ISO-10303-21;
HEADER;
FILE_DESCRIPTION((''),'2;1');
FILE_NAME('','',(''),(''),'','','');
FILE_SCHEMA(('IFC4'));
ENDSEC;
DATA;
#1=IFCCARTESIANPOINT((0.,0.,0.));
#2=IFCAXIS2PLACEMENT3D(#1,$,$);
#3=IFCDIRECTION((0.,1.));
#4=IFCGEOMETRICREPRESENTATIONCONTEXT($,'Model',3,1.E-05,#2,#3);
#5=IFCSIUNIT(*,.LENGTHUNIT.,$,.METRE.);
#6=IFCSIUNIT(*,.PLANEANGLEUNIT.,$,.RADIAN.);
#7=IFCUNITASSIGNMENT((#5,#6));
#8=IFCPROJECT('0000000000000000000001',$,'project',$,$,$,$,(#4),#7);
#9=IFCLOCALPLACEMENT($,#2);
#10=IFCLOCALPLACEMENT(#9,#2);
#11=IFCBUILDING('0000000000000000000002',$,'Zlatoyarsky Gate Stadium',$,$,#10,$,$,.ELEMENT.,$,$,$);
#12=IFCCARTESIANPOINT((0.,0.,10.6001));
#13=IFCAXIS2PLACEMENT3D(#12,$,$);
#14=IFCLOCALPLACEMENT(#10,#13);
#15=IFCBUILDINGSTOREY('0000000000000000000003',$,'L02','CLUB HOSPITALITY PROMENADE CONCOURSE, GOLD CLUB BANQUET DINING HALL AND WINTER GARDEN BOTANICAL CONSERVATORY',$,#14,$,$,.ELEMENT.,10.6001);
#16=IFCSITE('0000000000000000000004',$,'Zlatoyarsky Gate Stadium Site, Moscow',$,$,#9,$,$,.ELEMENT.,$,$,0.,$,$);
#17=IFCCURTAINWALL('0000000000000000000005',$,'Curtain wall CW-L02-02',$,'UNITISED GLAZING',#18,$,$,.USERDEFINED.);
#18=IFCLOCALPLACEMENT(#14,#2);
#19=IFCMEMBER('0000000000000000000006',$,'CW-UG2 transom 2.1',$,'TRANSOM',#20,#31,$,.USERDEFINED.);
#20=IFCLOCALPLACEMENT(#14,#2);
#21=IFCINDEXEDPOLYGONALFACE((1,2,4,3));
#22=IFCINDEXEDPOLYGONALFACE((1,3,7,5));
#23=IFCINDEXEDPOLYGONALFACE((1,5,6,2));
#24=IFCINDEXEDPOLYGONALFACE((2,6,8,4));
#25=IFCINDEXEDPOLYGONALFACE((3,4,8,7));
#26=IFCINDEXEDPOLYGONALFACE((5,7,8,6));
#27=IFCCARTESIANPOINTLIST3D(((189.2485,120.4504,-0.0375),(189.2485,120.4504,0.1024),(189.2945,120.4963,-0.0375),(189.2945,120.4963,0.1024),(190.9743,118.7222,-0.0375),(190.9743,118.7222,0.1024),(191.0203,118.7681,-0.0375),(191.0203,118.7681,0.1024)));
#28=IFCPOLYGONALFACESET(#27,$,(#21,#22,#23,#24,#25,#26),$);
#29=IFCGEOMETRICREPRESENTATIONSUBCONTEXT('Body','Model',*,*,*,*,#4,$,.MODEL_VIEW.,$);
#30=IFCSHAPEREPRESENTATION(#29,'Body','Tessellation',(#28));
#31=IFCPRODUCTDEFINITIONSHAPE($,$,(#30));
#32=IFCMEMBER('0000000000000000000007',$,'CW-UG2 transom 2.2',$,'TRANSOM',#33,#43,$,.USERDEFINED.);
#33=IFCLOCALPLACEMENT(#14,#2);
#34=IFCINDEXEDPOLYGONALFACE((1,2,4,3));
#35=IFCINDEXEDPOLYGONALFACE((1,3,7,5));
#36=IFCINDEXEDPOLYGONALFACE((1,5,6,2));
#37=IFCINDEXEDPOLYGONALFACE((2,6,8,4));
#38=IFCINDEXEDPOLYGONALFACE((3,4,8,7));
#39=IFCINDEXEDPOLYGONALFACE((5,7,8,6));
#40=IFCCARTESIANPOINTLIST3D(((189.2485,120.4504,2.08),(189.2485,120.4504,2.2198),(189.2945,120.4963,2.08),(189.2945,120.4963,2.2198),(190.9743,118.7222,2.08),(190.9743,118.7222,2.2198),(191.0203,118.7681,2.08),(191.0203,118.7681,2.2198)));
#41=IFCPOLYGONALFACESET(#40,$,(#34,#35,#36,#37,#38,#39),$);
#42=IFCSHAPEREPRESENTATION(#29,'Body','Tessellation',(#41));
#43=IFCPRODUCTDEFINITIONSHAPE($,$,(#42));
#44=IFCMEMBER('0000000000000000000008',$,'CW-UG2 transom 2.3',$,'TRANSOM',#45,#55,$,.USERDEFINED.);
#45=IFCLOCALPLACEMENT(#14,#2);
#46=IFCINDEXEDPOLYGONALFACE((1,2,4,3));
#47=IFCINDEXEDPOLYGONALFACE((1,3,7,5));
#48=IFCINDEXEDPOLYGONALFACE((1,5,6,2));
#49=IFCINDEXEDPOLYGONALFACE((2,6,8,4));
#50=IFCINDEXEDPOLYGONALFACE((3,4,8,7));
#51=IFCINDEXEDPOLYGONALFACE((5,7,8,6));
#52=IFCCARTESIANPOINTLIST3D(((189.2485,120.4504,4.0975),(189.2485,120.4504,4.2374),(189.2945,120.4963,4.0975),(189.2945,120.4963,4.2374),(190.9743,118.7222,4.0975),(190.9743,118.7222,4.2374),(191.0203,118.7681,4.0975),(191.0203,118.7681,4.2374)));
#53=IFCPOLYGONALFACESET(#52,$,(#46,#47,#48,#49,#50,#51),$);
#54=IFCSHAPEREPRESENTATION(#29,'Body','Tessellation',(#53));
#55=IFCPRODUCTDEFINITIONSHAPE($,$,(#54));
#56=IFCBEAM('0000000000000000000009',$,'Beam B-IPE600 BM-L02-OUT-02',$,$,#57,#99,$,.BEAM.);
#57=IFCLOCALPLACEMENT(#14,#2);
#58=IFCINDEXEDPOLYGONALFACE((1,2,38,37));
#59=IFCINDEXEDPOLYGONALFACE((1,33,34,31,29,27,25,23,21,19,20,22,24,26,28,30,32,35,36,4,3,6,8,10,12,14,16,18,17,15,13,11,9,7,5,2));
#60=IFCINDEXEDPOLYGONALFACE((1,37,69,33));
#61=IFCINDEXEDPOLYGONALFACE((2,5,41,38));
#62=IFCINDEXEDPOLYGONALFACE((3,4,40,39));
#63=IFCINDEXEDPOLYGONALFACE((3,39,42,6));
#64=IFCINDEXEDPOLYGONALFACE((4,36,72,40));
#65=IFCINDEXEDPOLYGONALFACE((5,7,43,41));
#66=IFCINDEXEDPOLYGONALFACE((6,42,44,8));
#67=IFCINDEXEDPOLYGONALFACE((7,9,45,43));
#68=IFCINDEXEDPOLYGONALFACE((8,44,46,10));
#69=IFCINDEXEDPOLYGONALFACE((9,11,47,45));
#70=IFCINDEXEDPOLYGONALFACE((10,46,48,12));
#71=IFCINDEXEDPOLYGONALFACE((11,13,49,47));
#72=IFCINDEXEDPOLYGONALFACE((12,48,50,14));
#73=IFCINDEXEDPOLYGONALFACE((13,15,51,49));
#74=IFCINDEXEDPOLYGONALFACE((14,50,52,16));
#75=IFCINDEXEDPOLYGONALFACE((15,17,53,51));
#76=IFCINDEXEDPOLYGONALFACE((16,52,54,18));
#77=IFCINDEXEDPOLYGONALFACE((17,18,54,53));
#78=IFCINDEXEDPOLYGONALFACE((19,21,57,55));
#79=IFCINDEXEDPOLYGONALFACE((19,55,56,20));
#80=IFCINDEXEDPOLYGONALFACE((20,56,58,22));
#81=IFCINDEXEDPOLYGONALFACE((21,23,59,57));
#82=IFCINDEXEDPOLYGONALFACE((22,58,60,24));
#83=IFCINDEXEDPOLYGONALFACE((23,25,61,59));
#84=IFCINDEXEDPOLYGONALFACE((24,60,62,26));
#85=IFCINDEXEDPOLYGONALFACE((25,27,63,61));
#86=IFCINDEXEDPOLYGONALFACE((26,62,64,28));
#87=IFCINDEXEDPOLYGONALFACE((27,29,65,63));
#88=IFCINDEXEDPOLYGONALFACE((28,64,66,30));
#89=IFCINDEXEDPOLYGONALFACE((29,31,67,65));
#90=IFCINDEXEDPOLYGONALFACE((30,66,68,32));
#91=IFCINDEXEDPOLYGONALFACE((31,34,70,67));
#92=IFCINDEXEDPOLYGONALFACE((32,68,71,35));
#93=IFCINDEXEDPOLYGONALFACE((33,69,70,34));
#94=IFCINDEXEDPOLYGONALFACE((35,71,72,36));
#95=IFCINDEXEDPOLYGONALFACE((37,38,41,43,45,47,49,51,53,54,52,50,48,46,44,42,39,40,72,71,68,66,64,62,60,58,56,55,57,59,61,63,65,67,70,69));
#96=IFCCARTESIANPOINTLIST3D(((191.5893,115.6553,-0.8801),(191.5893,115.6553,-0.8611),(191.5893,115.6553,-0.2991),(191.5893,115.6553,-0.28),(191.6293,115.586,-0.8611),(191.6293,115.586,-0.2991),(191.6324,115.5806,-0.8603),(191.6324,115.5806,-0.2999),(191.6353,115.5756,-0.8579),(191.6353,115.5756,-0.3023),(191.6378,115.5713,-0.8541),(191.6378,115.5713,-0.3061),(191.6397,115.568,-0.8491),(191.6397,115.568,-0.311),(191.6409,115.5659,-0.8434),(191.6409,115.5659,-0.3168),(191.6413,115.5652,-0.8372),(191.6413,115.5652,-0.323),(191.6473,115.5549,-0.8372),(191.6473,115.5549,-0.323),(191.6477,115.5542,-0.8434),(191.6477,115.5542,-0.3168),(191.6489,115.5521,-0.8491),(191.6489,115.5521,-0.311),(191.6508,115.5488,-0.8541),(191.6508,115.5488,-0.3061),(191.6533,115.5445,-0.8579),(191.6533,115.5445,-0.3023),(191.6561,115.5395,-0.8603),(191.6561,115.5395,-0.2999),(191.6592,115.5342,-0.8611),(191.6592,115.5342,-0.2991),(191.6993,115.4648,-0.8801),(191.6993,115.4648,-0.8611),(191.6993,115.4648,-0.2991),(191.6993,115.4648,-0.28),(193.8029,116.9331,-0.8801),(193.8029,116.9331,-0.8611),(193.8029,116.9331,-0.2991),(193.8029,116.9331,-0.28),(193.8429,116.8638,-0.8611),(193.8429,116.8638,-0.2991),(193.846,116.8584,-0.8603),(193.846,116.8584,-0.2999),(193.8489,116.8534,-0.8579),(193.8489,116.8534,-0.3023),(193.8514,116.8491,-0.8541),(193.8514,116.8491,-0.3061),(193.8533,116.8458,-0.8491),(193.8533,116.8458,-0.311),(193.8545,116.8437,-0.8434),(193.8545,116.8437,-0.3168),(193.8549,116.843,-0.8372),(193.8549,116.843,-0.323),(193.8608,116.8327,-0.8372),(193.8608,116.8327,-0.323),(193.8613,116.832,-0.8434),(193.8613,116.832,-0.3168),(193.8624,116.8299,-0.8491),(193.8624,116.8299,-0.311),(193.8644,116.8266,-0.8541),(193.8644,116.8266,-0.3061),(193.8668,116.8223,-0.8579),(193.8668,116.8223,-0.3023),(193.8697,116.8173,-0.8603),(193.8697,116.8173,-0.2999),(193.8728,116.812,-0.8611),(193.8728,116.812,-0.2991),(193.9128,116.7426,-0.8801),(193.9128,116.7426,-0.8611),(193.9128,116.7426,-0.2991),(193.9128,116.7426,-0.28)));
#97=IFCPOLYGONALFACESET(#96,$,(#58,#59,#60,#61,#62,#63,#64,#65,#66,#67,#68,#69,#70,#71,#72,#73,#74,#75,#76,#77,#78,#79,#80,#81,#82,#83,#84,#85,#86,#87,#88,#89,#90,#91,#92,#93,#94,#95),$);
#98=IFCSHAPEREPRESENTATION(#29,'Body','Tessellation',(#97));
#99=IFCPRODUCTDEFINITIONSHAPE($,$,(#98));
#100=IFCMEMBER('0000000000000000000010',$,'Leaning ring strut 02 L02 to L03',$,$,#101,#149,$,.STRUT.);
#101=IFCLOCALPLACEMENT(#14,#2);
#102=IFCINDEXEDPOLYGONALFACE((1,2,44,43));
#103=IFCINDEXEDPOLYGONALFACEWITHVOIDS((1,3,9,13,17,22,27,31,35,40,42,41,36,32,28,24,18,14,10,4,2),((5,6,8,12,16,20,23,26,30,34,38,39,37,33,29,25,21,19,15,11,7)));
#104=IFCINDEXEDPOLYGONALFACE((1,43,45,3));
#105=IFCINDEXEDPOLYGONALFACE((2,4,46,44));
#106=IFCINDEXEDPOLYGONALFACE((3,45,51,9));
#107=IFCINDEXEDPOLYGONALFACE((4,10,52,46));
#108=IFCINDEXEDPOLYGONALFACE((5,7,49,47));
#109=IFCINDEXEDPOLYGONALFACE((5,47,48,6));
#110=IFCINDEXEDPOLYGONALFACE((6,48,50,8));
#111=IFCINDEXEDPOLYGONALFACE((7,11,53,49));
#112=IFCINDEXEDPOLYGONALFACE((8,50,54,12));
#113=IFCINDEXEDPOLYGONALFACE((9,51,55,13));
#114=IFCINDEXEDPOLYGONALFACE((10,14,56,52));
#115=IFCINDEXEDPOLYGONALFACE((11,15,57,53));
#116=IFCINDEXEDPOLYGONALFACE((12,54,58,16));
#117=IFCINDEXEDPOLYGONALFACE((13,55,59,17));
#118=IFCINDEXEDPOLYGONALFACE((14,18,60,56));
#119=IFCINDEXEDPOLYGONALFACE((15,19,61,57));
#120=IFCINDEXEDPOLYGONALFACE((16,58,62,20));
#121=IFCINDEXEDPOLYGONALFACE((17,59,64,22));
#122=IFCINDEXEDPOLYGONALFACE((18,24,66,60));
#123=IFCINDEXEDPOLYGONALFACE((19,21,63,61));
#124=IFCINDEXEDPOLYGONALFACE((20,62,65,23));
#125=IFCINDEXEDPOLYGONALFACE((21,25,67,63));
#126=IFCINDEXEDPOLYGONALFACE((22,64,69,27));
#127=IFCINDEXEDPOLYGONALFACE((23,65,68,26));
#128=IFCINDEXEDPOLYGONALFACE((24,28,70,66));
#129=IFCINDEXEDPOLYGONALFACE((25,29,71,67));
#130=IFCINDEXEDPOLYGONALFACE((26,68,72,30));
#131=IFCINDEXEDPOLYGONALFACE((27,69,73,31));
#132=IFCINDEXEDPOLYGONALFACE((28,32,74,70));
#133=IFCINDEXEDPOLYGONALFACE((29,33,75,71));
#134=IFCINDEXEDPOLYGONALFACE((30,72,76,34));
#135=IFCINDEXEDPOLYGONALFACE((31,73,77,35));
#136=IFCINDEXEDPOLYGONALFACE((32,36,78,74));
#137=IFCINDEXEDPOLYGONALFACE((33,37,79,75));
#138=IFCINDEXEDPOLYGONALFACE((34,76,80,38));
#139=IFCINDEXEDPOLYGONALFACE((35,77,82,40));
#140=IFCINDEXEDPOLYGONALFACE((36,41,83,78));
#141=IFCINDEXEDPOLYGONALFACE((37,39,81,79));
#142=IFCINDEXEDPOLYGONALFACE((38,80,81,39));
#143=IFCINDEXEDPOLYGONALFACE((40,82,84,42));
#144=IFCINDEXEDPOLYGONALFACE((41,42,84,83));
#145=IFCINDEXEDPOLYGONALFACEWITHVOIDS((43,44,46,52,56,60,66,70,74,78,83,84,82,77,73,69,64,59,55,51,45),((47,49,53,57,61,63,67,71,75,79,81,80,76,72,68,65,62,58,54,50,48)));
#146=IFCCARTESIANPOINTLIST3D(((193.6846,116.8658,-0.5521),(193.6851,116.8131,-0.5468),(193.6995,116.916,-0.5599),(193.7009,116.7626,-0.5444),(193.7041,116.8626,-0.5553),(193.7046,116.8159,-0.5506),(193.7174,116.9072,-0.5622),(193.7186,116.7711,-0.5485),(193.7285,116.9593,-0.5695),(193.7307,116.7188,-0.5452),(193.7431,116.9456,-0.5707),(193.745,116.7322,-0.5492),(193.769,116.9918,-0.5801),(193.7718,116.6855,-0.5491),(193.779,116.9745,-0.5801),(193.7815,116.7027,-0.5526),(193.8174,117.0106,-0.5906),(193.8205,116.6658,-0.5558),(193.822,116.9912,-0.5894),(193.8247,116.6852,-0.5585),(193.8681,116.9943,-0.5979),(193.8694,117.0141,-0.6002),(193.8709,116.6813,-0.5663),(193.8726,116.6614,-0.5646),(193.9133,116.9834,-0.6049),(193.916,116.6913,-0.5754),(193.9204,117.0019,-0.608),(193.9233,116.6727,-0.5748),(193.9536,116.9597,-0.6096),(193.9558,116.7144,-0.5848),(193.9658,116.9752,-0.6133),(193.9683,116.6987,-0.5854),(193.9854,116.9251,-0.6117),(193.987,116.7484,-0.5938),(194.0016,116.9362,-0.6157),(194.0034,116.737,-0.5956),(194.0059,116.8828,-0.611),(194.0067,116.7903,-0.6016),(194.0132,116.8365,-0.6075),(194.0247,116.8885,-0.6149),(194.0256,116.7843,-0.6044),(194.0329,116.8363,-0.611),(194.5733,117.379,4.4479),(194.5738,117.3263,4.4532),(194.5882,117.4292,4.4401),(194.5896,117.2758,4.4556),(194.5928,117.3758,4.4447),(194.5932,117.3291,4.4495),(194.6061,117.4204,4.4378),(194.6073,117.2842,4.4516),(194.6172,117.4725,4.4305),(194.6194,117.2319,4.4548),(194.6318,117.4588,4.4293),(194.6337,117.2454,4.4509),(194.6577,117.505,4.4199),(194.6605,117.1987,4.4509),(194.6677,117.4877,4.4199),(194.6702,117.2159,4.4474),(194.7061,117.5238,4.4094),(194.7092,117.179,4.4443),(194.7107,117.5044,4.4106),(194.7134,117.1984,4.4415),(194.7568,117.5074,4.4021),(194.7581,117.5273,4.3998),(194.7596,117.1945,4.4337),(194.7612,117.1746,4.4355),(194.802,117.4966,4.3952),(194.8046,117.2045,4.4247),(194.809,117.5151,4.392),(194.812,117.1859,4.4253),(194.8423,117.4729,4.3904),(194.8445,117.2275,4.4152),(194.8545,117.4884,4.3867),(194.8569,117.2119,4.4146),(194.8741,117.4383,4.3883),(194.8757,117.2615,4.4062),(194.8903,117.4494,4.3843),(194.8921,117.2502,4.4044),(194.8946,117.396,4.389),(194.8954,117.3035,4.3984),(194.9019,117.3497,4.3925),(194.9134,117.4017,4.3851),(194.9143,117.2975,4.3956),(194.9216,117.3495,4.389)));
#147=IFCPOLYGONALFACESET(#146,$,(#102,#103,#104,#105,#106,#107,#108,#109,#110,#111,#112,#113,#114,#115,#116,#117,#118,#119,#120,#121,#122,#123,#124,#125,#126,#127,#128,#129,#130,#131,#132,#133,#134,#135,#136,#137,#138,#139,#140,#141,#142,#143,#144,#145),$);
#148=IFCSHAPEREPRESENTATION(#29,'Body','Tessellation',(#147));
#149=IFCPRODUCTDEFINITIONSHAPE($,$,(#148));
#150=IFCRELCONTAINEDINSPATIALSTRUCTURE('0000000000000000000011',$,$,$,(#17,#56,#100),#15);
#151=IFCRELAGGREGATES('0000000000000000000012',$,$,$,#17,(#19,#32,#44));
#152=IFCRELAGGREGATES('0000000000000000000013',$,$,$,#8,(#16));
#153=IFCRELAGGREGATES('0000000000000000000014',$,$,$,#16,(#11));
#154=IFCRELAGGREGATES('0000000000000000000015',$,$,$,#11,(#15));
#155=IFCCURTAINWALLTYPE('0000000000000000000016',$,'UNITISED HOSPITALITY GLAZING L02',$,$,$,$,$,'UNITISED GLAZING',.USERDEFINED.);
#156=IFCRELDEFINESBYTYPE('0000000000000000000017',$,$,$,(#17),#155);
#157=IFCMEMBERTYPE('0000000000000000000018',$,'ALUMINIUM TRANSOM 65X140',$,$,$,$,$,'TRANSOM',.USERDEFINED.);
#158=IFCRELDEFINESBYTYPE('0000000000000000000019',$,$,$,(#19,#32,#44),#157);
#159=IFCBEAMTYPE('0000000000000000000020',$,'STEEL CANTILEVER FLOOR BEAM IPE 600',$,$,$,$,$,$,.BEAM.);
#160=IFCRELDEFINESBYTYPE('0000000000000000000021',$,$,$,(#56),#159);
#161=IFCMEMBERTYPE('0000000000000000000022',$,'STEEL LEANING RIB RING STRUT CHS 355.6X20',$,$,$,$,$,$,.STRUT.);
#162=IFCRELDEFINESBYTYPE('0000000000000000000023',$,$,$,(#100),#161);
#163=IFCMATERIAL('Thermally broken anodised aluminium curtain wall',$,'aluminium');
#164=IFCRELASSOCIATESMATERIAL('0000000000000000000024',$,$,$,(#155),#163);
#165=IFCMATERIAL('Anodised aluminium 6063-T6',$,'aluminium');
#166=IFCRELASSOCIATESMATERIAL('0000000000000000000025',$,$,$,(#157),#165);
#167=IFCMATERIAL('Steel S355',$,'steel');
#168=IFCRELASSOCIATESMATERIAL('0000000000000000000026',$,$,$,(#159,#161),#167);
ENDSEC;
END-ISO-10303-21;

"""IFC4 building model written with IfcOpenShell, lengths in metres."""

from ifc_helpers import new_model, si_unit, direction, frame, origin, origin_2d, place, context, subcontext, project, spatial, rectangle, hollow_circle, i_section, extrude, material, material_profile, profile_set, type_object, element, aggregate, save


model = new_model("IFC4")

# Units and contexts
model_context = context("Model", 3, precision=1e-05, world=origin(), true_north=direction((0.0, 1.0)))
body_context = subcontext(model_context, "Body", "Model", "MODEL_VIEW")
ifc_project = project(units=[si_unit("LENGTHUNIT", "METRE"), si_unit("PLANEANGLEUNIT", "RADIAN")], contexts=[model_context])

# Site, building, storey
site_placement = place(None, origin())
site = spatial("IfcSite", under=ifc_project, at=site_placement, Name="Zlatoyarsky Gate Stadium Site, Moscow", CompositionType="ELEMENT", RefElevation=0.0)
building_placement = place(site_placement, origin())
building = spatial("IfcBuilding", under=site, at=building_placement, Name="Zlatoyarsky Gate Stadium", CompositionType="ELEMENT")
storey_placement = place(building_placement, frame((0.0, 0.0, 10.6001)))
storey = spatial("IfcBuildingStorey", under=building, at=storey_placement, Name="L02", Description="CLUB HOSPITALITY PROMENADE CONCOURSE, GOLD CLUB BANQUET DINING HALL AND WINTER GARDEN BOTANICAL CONSERVATORY", CompositionType="ELEMENT", Elevation=10.6001)

# Shared definitions
ifc_material_1 = material(Name="Steel S355", Category="steel")

# Shared definitions
ifc_material_2 = material(Name="Thermally broken anodised aluminium curtain wall", Category="aluminium")
curtain_wall_type = type_object("IfcCurtainWallType", Name="UNITISED HOSPITALITY GLAZING L02", ElementType="UNITISED GLAZING", PredefinedType="USERDEFINED", material=ifc_material_2)
ifc_material_3 = material(Name="Anodised aluminium 6063-T6", Category="aluminium")

# Curtain wall, members
curtain_wall_1_placement = place(storey_placement, origin())
curtain_wall_1 = element("IfcCurtainWall", 1, at=curtain_wall_1_placement, inside=storey, type_object=curtain_wall_type, Name="Curtain wall CW-L02-02", ObjectType="UNITISED GLAZING", PredefinedType="USERDEFINED")
ifc_material_profile_1 = material_profile(ifc_material_3, rectangle(XDim=0.0649, YDim=0.1399, at=origin_2d()), Name="ALU 65X140")
ifc_profile_set_1 = profile_set([ifc_material_profile_1], Name="Anodised aluminium 6063-T6")
member_type_1 = type_object("IfcMemberType", Name="ALUMINIUM TRANSOM 65X140", ElementType="TRANSOM", PredefinedType="USERDEFINED", material=ifc_profile_set_1)
member_1_placement = place(storey_placement, frame((190.9973, 118.7451, 0.0325), z_axis=(-0.706607, 0.707606, 0.0), x_axis=(-0.707606, -0.706607, 0.0)))
member_1 = element("IfcMember", 2, at=member_1_placement, type_object=member_type_1, Name="CW-UG2 transom 2.1", ObjectType="TRANSOM", PredefinedType="USERDEFINED", context=body_context, shape_type="SweptSolid", body=[
    extrude(rectangle(XDim=0.0649, YDim=0.1399, at=origin_2d()), origin(), (0.0, 0.0, 1.0), 2.4424),
])
member_2_placement = place(storey_placement, frame((190.9973, 118.7451, 2.1499), z_axis=(-0.706607, 0.707606, 0.0), x_axis=(-0.707606, -0.706607, 0.0)))
member_2 = element("IfcMember", 3, at=member_2_placement, type_object=member_type_1, Name="CW-UG2 transom 2.2", ObjectType="TRANSOM", PredefinedType="USERDEFINED", context=body_context, shape_type="SweptSolid", body=[
    extrude(rectangle(XDim=0.0649, YDim=0.1399, at=origin_2d()), origin(), (0.0, 0.0, 1.0), 2.4424),
])
member_3_placement = place(storey_placement, frame((190.9973, 118.7451, 4.1675), z_axis=(-0.706607, 0.707606, 0.0), x_axis=(-0.707606, -0.706607, 0.0)))
member_3 = element("IfcMember", 4, at=member_3_placement, type_object=member_type_1, Name="CW-UG2 transom 2.3", ObjectType="TRANSOM", PredefinedType="USERDEFINED", context=body_context, shape_type="SweptSolid", body=[
    extrude(rectangle(XDim=0.0649, YDim=0.1399, at=origin_2d()), origin(), (0.0, 0.0, 1.0), 2.4424),
])

# Beam
ifc_material_profile_2 = material_profile(ifc_material_1, i_section(OverallWidth=0.22, OverallDepth=0.6001, WebThickness=0.012, FlangeThickness=0.019, FilletRadius=0.0239, at=origin_2d()), Name="IPE 600")
ifc_profile_set_2 = profile_set([ifc_material_profile_2], Name="Steel S355")
beam_type_1 = type_object("IfcBeamType", Name="STEEL CANTILEVER FLOOR BEAM IPE 600", PredefinedType="BEAM", material=ifc_profile_set_2)
beam_1_placement = place(storey_placement, frame((191.6443, 115.5601, -0.5801), z_axis=(0.86606, 0.49994, 0.0), x_axis=(-0.49994, 0.86606, 0.0)))
element("IfcBeam", 5, at=beam_1_placement, inside=storey, type_object=beam_type_1, Name="Beam B-IPE600 BM-L02-OUT-02", PredefinedType="BEAM", context=body_context, shape_type="SweptSolid", body=[
    extrude(i_section(OverallWidth=0.22, OverallDepth=0.6001, WebThickness=0.012, FlangeThickness=0.019, FilletRadius=0.0239, at=origin_2d()), origin(), (0.0, 0.0, 1.0), 2.5559),
])

# Member
ifc_material_profile_3 = material_profile(ifc_material_1, hollow_circle(Radius=0.1777, WallThickness=0.02, at=origin_2d()), Name="CHS 355.6X20")
ifc_profile_set_3 = profile_set([ifc_material_profile_3], Name="Steel S355")
member_type_2 = type_object("IfcMemberType", Name="STEEL LEANING RIB RING STRUT CHS 355.6X20", PredefinedType="STRUT", material=ifc_profile_set_3)
member_4_placement = place(storey_placement, frame((193.8579, 116.8379, -0.5801), z_axis=(0.174105, 0.100541, 0.979581), x_axis=(-0.500079, 0.86598, 0.0)))
element("IfcMember", 6, at=member_4_placement, inside=storey, type_object=member_type_2, Name="Leaning ring strut 02 L02 to L03", PredefinedType="STRUT", context=body_context, shape_type="SweptSolid", body=[
    extrude(hollow_circle(Radius=0.1777, WallThickness=0.02, at=origin_2d()), origin(), (0.0, 0.0, 1.0), 5.1042),
])

aggregate(curtain_wall_1, [member_1, member_2, member_3])

save(model, "model.ifc")
